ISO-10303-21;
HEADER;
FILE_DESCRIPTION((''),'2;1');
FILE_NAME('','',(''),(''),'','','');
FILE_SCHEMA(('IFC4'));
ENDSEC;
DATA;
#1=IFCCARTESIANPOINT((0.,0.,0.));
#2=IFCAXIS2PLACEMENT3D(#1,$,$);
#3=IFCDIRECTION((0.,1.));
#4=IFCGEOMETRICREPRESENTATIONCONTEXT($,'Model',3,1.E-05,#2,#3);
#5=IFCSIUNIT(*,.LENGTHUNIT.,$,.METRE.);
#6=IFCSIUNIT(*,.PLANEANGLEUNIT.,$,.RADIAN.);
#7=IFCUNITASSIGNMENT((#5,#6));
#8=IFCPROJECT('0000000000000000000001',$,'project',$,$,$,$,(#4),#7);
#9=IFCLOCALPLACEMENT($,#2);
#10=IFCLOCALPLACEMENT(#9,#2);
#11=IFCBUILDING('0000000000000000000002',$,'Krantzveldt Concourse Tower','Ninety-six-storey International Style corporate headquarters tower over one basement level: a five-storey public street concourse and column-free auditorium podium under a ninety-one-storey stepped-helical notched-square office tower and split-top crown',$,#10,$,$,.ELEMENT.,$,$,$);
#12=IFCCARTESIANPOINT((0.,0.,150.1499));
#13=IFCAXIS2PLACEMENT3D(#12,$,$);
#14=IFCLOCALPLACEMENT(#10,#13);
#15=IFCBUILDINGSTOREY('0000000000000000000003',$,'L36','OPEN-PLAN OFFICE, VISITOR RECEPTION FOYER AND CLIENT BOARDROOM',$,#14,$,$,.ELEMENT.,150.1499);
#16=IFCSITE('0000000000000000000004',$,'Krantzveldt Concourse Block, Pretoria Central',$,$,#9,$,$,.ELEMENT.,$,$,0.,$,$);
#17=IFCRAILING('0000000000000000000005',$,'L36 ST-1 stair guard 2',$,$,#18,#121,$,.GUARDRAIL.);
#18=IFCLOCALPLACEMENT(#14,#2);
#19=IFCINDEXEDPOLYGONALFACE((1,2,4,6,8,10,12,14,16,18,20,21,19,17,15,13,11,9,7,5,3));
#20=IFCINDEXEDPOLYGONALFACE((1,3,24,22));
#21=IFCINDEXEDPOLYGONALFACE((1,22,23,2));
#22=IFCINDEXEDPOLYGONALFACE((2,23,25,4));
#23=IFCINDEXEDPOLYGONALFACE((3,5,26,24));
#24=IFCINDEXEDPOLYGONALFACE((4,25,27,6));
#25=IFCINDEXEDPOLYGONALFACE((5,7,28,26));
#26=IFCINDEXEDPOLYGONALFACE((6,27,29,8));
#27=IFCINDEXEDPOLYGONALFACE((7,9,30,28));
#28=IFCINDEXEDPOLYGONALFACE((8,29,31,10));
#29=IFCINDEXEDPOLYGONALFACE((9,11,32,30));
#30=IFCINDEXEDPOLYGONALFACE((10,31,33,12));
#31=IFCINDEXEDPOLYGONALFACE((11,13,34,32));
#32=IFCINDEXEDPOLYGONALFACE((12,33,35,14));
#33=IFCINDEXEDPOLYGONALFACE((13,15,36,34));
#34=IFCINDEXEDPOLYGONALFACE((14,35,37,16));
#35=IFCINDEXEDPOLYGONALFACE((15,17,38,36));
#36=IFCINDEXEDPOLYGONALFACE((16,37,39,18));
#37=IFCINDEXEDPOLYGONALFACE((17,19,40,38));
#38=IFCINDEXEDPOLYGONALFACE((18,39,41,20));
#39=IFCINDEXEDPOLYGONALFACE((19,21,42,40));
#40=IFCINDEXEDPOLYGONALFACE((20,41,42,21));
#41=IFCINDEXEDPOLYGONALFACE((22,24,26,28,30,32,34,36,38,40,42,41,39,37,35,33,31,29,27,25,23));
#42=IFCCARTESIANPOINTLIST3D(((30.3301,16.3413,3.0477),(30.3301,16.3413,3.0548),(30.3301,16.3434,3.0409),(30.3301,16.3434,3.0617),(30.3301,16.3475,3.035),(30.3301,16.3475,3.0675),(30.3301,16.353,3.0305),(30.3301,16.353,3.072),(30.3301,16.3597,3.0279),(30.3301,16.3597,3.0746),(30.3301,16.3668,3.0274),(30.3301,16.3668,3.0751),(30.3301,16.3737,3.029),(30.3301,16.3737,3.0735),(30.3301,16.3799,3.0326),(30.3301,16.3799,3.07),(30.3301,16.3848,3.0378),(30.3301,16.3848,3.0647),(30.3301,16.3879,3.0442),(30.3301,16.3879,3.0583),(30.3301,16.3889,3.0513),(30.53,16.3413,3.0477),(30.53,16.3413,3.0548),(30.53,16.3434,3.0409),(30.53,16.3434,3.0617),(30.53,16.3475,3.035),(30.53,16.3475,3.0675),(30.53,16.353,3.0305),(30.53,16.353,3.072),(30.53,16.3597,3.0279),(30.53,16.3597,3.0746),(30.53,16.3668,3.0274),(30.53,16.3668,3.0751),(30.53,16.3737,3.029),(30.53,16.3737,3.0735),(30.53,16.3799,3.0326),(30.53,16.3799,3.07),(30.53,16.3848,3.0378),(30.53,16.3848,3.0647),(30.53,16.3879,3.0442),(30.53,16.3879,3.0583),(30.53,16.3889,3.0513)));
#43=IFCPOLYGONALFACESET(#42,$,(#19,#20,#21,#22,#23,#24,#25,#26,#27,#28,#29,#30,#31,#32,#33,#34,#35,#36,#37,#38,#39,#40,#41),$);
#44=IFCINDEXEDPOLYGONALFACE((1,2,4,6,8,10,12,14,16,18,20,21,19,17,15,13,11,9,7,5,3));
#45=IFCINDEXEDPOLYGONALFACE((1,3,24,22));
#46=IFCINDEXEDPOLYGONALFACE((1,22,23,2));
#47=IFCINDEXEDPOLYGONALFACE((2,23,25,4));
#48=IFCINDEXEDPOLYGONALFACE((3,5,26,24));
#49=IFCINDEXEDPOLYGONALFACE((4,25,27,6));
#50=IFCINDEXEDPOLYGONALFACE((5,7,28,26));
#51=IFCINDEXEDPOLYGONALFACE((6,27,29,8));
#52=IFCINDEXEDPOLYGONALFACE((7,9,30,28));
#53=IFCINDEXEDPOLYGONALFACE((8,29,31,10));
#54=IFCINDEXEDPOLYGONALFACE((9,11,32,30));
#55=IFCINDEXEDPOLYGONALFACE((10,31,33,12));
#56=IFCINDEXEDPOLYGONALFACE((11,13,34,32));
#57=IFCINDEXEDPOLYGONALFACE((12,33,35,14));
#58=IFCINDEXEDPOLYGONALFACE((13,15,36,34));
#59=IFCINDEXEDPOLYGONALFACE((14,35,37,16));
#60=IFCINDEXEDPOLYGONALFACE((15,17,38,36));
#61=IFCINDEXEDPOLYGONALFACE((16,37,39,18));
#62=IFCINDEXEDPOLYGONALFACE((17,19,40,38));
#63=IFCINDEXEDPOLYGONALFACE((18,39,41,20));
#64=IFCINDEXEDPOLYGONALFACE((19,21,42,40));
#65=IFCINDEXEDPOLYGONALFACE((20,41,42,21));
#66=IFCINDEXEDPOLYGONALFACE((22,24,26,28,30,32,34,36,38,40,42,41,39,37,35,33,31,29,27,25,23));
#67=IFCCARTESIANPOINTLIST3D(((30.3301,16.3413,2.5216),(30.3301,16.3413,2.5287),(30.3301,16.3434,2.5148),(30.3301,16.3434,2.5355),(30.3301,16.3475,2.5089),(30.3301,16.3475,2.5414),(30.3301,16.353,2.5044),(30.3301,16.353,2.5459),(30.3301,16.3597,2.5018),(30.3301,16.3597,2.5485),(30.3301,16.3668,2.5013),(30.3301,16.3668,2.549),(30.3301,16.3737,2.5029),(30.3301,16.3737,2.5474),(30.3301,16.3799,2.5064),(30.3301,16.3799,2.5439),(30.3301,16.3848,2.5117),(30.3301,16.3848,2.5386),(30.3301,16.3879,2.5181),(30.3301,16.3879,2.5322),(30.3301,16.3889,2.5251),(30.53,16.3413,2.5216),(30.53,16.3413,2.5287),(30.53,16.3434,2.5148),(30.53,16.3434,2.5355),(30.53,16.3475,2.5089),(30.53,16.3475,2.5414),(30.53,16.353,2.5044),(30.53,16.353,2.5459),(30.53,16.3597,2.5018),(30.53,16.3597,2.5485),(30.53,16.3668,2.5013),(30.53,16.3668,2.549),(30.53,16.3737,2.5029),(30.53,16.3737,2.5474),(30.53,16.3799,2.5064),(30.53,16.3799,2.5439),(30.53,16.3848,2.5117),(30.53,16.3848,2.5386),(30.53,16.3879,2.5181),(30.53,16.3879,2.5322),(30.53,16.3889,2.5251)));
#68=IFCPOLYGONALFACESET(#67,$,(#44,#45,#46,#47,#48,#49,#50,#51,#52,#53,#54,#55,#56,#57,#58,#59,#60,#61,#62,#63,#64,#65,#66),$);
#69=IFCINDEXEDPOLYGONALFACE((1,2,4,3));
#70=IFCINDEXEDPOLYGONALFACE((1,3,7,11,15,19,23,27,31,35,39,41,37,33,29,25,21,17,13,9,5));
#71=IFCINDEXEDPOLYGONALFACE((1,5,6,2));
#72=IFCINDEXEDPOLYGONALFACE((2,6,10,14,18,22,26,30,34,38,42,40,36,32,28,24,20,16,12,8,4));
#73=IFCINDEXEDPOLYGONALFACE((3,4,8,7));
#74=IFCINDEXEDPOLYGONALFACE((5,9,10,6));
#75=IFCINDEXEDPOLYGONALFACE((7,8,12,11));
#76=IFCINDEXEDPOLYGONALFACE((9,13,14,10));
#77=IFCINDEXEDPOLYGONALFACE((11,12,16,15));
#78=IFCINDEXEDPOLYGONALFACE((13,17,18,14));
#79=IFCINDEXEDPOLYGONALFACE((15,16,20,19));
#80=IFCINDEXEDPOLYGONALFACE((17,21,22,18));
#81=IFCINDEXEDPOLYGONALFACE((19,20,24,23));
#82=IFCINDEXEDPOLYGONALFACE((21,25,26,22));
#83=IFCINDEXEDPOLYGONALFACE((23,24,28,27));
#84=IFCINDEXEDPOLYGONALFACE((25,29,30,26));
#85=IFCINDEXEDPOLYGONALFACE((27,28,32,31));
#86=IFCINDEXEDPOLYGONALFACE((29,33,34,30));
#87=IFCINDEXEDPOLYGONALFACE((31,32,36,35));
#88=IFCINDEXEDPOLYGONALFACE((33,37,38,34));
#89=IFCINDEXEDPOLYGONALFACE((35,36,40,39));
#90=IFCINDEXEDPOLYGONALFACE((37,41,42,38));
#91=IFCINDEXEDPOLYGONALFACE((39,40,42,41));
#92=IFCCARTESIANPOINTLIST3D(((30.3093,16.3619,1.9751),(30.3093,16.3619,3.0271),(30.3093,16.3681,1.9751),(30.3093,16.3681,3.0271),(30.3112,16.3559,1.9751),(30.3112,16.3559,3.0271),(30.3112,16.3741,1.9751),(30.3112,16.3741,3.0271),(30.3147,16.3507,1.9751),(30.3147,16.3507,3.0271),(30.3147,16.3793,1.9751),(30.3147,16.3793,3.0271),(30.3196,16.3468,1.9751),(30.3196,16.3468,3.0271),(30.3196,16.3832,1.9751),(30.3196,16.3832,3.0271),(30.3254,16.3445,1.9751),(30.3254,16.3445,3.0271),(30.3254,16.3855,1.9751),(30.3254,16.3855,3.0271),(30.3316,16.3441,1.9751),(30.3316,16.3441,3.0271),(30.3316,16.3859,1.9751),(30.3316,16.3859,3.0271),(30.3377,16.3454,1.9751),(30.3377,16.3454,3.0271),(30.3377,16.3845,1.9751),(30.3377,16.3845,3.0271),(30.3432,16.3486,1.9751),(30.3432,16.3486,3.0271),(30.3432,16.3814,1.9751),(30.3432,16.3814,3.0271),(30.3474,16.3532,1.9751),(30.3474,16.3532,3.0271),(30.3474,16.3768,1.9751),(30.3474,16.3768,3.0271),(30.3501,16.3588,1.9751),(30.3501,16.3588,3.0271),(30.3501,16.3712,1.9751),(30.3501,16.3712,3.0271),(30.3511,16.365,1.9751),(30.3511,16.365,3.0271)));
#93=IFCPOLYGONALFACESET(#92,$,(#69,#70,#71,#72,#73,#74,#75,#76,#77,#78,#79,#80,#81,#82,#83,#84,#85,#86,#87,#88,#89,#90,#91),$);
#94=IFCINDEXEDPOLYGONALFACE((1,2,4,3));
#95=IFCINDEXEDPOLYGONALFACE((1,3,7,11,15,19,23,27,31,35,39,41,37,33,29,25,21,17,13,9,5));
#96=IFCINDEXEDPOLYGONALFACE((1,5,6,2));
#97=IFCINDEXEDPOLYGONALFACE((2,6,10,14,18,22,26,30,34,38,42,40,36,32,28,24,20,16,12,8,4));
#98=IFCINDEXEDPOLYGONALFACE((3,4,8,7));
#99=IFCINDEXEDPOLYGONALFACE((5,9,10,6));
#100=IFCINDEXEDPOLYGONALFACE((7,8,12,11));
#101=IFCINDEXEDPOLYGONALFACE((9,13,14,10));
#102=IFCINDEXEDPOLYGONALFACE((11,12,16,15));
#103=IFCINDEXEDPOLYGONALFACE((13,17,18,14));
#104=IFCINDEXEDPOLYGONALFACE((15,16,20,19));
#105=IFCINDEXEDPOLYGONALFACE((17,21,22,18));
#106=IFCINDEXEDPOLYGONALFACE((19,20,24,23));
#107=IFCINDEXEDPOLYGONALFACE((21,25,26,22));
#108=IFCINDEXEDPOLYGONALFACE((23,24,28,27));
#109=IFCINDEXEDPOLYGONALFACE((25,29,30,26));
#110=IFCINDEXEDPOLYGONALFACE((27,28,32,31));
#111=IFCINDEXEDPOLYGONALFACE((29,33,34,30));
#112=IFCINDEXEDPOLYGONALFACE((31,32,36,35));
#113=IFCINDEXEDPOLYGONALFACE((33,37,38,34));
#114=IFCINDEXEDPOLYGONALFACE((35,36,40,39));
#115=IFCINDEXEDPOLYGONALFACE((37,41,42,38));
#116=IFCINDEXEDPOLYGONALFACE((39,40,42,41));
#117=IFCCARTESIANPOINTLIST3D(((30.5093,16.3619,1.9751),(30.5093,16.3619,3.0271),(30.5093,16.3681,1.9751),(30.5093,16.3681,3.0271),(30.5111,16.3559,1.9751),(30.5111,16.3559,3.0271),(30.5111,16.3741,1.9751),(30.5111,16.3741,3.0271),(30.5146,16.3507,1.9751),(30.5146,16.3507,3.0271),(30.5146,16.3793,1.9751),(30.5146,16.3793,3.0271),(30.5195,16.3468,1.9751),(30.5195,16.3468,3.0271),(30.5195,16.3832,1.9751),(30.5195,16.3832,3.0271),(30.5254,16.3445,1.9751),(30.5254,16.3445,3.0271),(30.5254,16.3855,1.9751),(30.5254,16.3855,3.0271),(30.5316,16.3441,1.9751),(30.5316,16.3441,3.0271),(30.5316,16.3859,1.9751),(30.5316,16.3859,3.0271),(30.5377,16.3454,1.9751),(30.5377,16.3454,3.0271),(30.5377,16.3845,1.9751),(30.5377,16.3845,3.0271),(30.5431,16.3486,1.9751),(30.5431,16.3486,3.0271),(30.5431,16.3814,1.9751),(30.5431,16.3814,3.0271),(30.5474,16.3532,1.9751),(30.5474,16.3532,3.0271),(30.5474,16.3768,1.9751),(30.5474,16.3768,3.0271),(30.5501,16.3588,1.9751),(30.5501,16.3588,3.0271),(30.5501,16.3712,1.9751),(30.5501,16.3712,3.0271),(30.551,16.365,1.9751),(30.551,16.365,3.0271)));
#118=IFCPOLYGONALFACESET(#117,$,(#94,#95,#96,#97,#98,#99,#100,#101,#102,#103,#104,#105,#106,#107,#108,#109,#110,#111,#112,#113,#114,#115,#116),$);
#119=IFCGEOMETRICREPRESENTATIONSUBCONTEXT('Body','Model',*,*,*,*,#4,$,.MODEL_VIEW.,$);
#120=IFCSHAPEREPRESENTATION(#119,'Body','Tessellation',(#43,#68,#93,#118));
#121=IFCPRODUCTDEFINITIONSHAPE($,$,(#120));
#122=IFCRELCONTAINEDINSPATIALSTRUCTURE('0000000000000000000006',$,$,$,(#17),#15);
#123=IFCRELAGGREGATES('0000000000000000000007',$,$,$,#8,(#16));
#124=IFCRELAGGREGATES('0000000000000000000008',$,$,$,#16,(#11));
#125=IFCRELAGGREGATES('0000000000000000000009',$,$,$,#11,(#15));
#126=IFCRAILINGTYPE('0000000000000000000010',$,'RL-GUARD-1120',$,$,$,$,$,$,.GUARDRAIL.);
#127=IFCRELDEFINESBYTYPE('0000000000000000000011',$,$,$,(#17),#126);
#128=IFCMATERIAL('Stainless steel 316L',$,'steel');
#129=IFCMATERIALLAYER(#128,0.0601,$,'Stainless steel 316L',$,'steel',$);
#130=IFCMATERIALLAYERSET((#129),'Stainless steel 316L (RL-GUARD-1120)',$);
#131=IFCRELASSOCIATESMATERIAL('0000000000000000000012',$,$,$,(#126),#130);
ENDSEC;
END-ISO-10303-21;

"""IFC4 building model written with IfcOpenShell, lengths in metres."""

from ifc_helpers import new_model, si_unit, direction, frame, origin, origin_2d, place, context, subcontext, project, spatial, circle, extrude, material, layer, layer_set, type_object, element, save


model = new_model("IFC4")

# Units and contexts
model_context = context("Model", 3, precision=1e-05, world=origin(), true_north=direction((0.0, 1.0)))
body_context = subcontext(model_context, "Body", "Model", "MODEL_VIEW")
ifc_project = project(units=[si_unit("LENGTHUNIT", "METRE"), si_unit("PLANEANGLEUNIT", "RADIAN")], contexts=[model_context])

# Site, building, storey
site_placement = place(None, origin())
site = spatial("IfcSite", under=ifc_project, at=site_placement, Name="Krantzveldt Concourse Block, Pretoria Central", CompositionType="ELEMENT", RefElevation=0.0)
building_placement = place(site_placement, origin())
building = spatial("IfcBuilding", under=site, at=building_placement, Name="Krantzveldt Concourse Tower", Description="Ninety-six-storey International Style corporate headquarters tower over one basement level: a five-storey public street concourse and column-free auditorium podium under a ninety-one-storey stepped-helical notched-square office tower and split-top crown", CompositionType="ELEMENT")
storey_placement = place(building_placement, frame((0.0, 0.0, 150.1499)))
storey = spatial("IfcBuildingStorey", under=building, at=storey_placement, Name="L36", Description="OPEN-PLAN OFFICE, VISITOR RECEPTION FOYER AND CLIENT BOARDROOM", CompositionType="ELEMENT", Elevation=150.1499)

# Shared definitions
ifc_material_1 = material(Name="Stainless steel 316L", Category="steel")

# Railing
ifc_layer_1 = layer(ifc_material_1, 0.0601, Name="Stainless steel 316L", Category="steel")
ifc_layer_set_1 = layer_set([ifc_layer_1], Name="Stainless steel 316L (RL-GUARD-1120)")
railing_type_1 = type_object("IfcRailingType", Name="RL-GUARD-1120", PredefinedType="GUARDRAIL", material=ifc_layer_set_1)
railing_1_placement = place(storey_placement, frame((30.3301, 16.365, 1.9751)))
element("IfcRailing", 1, at=railing_1_placement, inside=storey, type_object=railing_type_1, Name="L36 ST-1 stair guard 2", PredefinedType="GUARDRAIL", context=body_context, shape_type="SweptSolid", body=[
    extrude(circle(Radius=0.0239, at=origin_2d()), frame((0.0, 0.0, 1.0762), z_axis=(1.0, 0.0, 0.0), x_axis=(0.0, 1.0, 0.0)), (0.0, 0.0, 1.0), 0.2),
    extrude(circle(Radius=0.0239, at=origin_2d()), frame((0.0, 0.0, 0.55), z_axis=(1.0, 0.0, 0.0), x_axis=(0.0, 1.0, 0.0)), (0.0, 0.0, 1.0), 0.2),
    extrude(circle(Radius=0.021, at=origin_2d()), origin(), (0.0, 0.0, 1.0), 1.052),
    extrude(circle(Radius=0.021, at=origin_2d()), frame((0.2, 0.0, 0.0)), (0.0, 0.0, 1.0), 1.052),
])

save(model, "model.ifc")
